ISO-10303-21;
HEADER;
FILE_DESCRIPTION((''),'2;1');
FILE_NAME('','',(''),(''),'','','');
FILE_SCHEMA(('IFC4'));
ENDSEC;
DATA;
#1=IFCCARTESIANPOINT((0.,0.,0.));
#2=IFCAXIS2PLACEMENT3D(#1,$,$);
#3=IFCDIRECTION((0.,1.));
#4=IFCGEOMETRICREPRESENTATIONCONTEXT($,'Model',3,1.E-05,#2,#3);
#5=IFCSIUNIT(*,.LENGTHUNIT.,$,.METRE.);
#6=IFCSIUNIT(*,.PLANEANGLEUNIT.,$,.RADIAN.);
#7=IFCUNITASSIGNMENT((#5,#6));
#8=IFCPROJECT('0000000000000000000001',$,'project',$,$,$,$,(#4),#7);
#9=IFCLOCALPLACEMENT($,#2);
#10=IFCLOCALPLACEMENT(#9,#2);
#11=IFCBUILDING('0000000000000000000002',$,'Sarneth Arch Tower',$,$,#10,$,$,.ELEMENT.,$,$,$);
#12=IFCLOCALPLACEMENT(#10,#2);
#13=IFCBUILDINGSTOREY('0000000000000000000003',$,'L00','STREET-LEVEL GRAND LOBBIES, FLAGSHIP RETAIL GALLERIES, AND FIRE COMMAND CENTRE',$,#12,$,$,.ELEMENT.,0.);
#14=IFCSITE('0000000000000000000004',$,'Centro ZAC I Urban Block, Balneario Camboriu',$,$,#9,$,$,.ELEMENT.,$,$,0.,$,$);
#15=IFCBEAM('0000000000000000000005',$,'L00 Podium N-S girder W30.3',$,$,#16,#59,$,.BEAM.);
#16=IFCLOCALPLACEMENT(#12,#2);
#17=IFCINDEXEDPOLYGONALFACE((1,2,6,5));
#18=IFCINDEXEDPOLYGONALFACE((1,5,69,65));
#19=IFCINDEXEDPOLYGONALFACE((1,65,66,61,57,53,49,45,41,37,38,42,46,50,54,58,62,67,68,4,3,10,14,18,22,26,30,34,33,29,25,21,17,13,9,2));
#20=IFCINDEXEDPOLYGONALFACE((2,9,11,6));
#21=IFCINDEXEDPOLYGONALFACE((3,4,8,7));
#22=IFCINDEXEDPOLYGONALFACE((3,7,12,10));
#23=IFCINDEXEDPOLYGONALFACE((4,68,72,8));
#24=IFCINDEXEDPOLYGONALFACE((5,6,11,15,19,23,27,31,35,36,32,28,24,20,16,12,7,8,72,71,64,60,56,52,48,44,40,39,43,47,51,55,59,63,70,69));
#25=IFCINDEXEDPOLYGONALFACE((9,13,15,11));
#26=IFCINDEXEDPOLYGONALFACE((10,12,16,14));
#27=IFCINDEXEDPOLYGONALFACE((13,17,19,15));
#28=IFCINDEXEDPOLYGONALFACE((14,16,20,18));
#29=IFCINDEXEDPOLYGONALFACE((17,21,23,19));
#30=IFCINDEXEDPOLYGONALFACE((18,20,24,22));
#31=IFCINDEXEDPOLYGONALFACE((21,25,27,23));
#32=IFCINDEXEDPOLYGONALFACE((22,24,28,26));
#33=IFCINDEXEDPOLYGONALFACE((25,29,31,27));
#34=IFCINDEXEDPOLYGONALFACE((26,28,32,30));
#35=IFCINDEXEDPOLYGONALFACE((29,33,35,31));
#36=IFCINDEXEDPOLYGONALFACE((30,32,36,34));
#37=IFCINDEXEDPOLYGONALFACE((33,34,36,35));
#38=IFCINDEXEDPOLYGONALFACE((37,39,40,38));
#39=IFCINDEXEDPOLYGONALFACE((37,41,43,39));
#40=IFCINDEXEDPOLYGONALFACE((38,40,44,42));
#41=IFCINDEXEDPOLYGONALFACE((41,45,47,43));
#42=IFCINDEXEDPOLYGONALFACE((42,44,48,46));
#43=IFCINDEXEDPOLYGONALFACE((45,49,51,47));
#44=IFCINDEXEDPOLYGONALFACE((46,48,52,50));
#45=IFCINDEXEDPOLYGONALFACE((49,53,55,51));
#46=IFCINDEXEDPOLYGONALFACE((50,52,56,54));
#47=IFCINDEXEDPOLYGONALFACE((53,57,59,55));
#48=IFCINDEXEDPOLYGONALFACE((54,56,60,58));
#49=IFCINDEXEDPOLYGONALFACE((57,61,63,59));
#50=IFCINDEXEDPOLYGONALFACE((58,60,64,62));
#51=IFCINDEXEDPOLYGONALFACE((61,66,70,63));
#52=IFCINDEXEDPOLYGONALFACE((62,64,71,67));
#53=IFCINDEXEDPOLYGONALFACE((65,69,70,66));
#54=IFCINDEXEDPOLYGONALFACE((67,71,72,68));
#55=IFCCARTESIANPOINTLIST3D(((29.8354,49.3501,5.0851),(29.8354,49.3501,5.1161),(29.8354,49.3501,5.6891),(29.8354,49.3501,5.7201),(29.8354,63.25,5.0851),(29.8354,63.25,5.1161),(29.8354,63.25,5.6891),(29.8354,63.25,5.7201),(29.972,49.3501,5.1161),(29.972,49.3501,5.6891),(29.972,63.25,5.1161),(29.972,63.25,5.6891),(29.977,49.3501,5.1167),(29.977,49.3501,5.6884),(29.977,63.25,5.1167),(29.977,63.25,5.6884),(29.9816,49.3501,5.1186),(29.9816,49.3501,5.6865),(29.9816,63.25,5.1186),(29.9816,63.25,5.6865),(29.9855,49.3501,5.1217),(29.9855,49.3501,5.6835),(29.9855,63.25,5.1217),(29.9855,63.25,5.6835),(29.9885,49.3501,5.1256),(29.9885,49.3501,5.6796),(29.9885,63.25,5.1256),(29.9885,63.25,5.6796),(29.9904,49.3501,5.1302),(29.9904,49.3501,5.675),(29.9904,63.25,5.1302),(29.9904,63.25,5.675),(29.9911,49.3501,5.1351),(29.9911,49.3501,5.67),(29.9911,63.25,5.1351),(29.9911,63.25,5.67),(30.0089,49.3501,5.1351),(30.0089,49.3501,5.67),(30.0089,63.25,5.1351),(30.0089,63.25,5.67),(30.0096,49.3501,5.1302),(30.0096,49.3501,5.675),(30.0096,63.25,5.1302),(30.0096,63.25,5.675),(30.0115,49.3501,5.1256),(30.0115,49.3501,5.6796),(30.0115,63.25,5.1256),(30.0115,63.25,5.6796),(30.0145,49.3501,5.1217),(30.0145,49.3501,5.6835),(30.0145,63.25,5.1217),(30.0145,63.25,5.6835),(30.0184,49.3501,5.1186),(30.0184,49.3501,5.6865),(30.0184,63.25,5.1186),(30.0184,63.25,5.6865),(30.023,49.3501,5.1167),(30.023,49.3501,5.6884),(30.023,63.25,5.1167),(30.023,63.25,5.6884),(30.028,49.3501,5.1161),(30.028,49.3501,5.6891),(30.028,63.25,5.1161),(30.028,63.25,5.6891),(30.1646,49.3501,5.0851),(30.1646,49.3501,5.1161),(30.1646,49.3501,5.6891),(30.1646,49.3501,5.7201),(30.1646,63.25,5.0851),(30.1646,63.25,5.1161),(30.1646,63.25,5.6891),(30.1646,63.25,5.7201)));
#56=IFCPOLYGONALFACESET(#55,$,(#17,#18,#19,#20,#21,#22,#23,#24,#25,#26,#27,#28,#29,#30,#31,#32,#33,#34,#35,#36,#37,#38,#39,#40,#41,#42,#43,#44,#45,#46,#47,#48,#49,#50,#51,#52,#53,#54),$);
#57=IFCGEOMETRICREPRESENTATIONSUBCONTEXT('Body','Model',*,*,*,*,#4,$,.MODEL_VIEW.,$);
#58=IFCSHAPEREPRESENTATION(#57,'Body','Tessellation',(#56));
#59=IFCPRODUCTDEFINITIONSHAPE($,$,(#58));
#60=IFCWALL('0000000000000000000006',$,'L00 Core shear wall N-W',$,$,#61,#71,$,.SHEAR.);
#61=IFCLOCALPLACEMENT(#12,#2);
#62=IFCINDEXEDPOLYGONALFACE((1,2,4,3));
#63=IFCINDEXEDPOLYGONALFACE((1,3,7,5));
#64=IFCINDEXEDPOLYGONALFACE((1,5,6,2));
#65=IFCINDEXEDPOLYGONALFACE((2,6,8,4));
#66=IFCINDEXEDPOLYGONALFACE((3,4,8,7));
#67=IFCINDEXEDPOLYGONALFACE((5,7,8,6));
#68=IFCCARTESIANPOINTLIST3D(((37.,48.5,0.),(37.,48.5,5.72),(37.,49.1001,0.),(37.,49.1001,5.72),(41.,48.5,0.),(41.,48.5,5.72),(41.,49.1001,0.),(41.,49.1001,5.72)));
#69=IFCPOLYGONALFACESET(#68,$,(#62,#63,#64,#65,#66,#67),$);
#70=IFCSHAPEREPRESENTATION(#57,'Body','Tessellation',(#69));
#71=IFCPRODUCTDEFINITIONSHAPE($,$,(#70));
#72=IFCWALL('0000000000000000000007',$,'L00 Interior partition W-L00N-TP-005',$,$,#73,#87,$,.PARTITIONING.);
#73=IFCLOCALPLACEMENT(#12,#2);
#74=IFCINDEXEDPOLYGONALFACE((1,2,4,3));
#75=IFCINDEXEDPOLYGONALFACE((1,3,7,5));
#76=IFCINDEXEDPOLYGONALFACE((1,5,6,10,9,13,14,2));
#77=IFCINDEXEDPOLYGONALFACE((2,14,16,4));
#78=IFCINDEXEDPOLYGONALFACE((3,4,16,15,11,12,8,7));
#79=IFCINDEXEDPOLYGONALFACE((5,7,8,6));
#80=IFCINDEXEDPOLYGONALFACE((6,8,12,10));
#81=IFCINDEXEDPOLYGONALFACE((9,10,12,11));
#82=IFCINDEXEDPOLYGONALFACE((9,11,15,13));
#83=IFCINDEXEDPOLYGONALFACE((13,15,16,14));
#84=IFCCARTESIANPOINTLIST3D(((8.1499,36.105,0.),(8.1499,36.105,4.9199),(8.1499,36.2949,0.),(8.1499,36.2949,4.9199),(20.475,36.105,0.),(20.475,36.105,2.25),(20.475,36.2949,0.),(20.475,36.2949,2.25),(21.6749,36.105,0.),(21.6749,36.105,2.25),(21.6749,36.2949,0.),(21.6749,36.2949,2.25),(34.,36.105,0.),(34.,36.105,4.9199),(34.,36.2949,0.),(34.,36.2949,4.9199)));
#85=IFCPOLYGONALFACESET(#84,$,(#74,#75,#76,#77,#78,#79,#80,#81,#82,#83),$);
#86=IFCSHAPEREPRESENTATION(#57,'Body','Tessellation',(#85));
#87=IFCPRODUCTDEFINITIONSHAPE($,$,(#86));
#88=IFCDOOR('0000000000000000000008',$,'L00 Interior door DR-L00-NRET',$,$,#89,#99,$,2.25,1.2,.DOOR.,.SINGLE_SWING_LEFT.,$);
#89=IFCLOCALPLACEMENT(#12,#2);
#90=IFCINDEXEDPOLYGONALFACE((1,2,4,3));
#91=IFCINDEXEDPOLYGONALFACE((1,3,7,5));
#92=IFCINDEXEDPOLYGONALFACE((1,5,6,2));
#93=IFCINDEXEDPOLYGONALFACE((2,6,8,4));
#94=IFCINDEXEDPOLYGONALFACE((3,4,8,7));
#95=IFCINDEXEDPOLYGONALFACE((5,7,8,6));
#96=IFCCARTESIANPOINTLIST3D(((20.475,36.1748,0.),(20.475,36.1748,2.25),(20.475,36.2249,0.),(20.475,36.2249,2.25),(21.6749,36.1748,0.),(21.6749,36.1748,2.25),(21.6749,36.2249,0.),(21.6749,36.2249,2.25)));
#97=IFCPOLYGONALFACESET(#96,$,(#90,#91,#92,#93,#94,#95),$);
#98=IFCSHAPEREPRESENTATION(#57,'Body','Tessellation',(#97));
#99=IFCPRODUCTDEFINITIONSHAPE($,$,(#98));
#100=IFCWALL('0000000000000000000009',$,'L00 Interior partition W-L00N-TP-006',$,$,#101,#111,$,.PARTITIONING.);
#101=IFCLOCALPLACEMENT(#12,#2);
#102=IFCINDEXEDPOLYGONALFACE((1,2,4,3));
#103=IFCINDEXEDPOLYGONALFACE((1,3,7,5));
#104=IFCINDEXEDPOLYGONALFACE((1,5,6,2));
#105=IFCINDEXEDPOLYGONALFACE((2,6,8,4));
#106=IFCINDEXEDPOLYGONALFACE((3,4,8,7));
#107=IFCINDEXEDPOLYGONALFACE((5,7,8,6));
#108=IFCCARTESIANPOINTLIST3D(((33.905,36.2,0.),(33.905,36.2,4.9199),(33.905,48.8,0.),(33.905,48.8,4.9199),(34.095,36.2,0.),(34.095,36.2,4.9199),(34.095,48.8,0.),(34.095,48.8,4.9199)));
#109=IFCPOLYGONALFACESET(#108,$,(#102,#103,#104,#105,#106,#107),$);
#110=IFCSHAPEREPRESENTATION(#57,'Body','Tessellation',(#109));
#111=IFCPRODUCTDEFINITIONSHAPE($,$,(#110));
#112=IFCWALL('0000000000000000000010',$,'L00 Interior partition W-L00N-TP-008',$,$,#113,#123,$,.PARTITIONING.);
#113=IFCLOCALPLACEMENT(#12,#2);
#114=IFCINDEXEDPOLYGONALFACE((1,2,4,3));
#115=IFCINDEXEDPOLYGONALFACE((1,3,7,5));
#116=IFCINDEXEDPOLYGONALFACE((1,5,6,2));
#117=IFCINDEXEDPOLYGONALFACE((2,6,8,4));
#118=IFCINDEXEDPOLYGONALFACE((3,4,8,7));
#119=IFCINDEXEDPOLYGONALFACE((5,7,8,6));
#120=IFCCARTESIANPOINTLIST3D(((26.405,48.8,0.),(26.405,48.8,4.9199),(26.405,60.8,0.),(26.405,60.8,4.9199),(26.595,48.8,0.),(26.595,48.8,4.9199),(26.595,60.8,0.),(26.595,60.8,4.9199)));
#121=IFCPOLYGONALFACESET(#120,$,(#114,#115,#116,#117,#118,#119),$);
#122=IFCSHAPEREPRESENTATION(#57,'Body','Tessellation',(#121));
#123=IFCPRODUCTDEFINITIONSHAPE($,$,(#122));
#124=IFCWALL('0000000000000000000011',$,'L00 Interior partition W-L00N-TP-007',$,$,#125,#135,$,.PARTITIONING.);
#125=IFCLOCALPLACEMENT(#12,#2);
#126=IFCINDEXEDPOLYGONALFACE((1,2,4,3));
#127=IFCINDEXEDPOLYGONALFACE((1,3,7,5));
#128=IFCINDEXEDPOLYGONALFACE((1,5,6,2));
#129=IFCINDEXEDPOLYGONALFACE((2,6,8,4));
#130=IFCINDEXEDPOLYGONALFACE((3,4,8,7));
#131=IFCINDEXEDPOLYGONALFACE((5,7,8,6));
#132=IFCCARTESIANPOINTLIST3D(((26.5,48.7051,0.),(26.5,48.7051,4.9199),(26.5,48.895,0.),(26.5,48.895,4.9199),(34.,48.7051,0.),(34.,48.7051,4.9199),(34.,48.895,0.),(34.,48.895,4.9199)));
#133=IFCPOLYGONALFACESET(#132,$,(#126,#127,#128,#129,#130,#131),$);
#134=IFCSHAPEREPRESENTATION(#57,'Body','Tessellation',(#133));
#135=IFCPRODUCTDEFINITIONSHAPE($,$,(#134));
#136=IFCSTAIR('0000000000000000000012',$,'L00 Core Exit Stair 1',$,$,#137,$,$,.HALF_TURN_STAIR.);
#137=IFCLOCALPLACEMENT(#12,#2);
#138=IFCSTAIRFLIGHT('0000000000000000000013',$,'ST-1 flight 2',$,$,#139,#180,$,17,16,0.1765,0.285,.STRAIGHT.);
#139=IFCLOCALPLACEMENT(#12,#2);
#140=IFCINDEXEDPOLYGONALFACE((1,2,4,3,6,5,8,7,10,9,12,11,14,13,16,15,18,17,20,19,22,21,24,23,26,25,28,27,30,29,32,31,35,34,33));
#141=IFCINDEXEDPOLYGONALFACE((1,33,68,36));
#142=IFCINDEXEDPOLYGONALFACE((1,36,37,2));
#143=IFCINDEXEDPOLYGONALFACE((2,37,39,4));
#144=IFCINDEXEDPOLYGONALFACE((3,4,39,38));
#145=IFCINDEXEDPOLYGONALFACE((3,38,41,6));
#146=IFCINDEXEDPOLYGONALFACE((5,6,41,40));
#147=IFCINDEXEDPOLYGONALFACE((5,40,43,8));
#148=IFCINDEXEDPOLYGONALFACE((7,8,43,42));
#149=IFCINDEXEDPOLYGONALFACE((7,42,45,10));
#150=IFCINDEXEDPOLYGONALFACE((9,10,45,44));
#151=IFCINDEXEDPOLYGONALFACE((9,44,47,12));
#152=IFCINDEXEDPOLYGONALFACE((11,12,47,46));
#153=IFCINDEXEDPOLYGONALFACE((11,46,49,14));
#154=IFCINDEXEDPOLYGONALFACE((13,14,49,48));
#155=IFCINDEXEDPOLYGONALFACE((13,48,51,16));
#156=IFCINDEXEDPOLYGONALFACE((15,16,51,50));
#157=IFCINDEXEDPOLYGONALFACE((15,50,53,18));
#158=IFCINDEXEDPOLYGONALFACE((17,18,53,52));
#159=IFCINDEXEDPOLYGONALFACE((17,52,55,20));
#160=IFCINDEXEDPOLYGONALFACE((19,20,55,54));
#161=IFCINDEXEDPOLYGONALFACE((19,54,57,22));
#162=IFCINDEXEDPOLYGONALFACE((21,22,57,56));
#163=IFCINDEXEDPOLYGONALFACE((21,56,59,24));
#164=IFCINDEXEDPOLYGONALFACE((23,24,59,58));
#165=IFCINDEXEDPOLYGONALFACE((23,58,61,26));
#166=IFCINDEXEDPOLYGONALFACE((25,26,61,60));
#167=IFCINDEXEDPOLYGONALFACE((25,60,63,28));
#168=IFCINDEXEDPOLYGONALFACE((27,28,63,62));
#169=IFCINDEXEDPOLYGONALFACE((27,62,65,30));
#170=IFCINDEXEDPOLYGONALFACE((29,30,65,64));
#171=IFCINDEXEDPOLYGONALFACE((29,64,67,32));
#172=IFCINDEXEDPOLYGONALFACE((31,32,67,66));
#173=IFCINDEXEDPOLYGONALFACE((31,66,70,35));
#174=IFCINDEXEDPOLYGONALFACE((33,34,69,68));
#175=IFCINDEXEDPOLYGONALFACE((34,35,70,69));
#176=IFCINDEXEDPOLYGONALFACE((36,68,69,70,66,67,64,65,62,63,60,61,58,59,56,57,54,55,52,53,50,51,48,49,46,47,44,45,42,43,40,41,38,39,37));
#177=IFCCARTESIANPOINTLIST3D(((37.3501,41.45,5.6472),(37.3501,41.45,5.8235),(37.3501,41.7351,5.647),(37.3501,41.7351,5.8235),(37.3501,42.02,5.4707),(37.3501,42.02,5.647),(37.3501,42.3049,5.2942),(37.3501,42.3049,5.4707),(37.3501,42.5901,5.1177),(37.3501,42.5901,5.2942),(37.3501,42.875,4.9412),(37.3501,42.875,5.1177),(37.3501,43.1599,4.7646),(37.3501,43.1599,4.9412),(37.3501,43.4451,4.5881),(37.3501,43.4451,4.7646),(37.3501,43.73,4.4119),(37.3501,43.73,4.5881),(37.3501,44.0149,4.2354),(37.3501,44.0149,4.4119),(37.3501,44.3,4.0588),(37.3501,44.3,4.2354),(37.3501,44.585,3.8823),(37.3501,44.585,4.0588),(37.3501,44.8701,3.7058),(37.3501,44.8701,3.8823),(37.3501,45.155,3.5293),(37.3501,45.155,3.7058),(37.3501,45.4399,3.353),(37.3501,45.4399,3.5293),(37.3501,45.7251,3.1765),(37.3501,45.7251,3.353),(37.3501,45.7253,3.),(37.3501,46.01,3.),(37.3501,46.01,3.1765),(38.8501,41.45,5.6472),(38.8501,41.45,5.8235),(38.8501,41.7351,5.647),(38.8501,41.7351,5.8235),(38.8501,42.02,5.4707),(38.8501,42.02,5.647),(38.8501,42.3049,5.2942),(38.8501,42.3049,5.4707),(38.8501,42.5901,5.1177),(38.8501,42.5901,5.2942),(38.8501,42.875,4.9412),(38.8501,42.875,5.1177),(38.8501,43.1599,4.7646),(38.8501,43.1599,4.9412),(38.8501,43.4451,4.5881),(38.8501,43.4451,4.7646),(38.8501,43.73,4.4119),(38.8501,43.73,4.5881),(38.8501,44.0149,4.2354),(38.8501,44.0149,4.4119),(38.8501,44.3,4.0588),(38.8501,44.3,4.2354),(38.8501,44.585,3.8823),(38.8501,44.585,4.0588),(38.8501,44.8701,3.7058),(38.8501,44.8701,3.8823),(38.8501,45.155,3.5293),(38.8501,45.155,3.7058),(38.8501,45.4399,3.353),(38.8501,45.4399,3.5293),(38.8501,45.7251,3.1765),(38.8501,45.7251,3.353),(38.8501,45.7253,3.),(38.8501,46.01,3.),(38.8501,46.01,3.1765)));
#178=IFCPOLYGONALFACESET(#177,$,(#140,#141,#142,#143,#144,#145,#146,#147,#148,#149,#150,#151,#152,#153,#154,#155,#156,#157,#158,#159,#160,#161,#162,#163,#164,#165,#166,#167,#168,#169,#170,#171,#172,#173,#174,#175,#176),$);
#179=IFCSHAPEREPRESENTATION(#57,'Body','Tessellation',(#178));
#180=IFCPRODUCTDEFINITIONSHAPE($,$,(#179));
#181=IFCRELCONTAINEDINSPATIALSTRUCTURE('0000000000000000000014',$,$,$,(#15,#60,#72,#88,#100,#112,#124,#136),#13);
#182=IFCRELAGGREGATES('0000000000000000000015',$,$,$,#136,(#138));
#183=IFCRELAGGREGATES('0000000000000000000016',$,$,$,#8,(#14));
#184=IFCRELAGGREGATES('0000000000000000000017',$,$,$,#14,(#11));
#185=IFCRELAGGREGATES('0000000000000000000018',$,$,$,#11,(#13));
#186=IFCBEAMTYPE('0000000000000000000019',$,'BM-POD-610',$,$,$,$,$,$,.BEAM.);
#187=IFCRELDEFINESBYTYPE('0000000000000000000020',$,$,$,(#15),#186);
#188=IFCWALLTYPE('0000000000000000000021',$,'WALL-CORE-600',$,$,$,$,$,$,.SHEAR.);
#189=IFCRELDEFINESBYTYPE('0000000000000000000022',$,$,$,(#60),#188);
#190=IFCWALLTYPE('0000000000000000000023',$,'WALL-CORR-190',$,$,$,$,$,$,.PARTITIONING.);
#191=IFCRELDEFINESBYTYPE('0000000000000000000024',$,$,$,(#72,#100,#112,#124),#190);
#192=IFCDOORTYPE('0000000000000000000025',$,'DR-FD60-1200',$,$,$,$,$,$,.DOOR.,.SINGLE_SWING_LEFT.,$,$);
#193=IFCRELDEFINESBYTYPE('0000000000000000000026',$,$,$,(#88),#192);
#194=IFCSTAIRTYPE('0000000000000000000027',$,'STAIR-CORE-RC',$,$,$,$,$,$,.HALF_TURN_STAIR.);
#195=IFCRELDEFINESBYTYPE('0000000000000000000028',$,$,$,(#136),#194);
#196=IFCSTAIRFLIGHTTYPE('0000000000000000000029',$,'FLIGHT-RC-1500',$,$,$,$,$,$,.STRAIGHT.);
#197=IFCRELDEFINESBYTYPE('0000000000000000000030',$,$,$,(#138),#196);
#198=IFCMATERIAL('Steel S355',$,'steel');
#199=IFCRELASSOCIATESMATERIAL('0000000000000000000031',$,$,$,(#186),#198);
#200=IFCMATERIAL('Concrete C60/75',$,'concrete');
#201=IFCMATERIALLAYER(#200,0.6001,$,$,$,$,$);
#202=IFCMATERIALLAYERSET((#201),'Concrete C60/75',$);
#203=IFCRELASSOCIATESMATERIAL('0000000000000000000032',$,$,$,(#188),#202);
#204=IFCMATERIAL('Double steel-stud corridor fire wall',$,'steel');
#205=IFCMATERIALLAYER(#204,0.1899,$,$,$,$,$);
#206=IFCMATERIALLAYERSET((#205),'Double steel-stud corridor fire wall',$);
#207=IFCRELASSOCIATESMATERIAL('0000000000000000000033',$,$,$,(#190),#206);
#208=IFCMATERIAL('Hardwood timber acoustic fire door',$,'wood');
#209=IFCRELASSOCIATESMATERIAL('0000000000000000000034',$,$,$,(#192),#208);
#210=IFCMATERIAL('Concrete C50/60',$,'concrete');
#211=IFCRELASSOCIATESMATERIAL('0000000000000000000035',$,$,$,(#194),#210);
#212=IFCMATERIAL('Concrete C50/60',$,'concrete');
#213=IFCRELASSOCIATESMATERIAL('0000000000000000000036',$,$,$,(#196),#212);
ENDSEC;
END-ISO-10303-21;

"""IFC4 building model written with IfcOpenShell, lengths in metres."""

from ifc_helpers import new_model, si_unit, direction, frame, frame_2d, origin, origin_2d, place, context, subcontext, project, spatial, polyline, rectangle, i_section, outline, extrude, material, layer, layer_set, material_profile, profile_set, type_object, element, fill, aggregate, save


model = new_model("IFC4")

# Units and contexts
model_context = context("Model", 3, precision=1e-05, world=origin(), true_north=direction((0.0, 1.0)))
body_context = subcontext(model_context, "Body", "Model", "MODEL_VIEW")
ifc_project = project(units=[si_unit("LENGTHUNIT", "METRE"), si_unit("PLANEANGLEUNIT", "RADIAN")], contexts=[model_context])

# Site, building, storey
site_placement = place(None, origin())
site = spatial("IfcSite", under=ifc_project, at=site_placement, Name="Centro ZAC I Urban Block, Balneario Camboriu", CompositionType="ELEMENT", RefElevation=0.0)
building_placement = place(site_placement, origin())
building = spatial("IfcBuilding", under=site, at=building_placement, Name="Sarneth Arch Tower", CompositionType="ELEMENT")
storey_placement = place(building_placement, origin())
storey = spatial("IfcBuildingStorey", under=building, at=storey_placement, Name="L00", Description="STREET-LEVEL GRAND LOBBIES, FLAGSHIP RETAIL GALLERIES, AND FIRE COMMAND CENTRE", CompositionType="ELEMENT", Elevation=0.0)

# Beam
ifc_material_1 = material(Name="Steel S355", Category="steel")
ifc_material_profile_1 = material_profile(ifc_material_1, i_section(OverallWidth=0.3291, OverallDepth=0.635, WebThickness=0.0178, FlangeThickness=0.031, FilletRadius=0.019, at=origin_2d()), Name="W610x241")
ifc_profile_set_1 = profile_set([ifc_material_profile_1], Name="Steel S355")
beam_type_1 = type_object("IfcBeamType", Name="BM-POD-610", PredefinedType="BEAM", material=ifc_profile_set_1)
beam_1_placement = place(storey_placement, frame((30.0, 49.3501, 5.4026), z_axis=(0.0, 1.0, 0.0), x_axis=(-1.0, 0.0, 0.0)))
element("IfcBeam", 1, at=beam_1_placement, inside=storey, type_object=beam_type_1, Name="L00 Podium N-S girder W30.3", PredefinedType="BEAM", context=body_context, shape_type="SweptSolid", body=[
    extrude(i_section(OverallWidth=0.3291, OverallDepth=0.635, WebThickness=0.0178, FlangeThickness=0.031, FilletRadius=0.019, at=origin_2d()), origin(), (0.0, 0.0, 1.0), 13.8999),
])

# Wall
ifc_material_2 = material(Name="Concrete C60/75", Category="concrete")
ifc_layer_1 = layer(ifc_material_2, 0.6001)
ifc_layer_set_1 = layer_set([ifc_layer_1], Name="Concrete C60/75")
wall_type_1 = type_object("IfcWallType", Name="WALL-CORE-600", PredefinedType="SHEAR", material=ifc_layer_set_1)
wall_1_placement = place(storey_placement, frame((37.0, 48.8, 0.0), z_axis=(0.0, 0.0, 1.0), x_axis=(1.0, 0.0, 0.0)))
element("IfcWall", 2, at=wall_1_placement, inside=storey, type_object=wall_type_1, Name="L00 Core shear wall N-W", PredefinedType="SHEAR", context=body_context, shape_type="SweptSolid", body=[
    extrude(rectangle(XDim=4.0, YDim=0.6001, at=frame_2d((2.0, 0.0))), origin(), (0.0, 0.0, 1.0), 5.72),
])

# Wall, opening, door
ifc_material_3 = material(Name="Double steel-stud corridor fire wall", Category="steel")
ifc_layer_2 = layer(ifc_material_3, 0.1899)
ifc_layer_set_2 = layer_set([ifc_layer_2], Name="Double steel-stud corridor fire wall")
wall_type_2 = type_object("IfcWallType", Name="WALL-CORR-190", PredefinedType="PARTITIONING", material=ifc_layer_set_2)
wall_2_placement = place(storey_placement, frame((8.1499, 36.2, 0.0), z_axis=(0.0, 0.0, 1.0), x_axis=(1.0, 0.0, 0.0)))
wall_2 = element("IfcWall", 3, at=wall_2_placement, inside=storey, type_object=wall_type_2, Name="L00 Interior partition W-L00N-TP-005", PredefinedType="PARTITIONING", context=body_context, shape_type="SweptSolid", body=[
    extrude(rectangle(XDim=25.8501, YDim=0.1899, at=frame_2d((12.925, 0.0))), origin(), (0.0, 0.0, 1.0), 4.9199),
])
opening_1_placement = place(wall_2_placement, frame((12.325, 0.0, 0.0)))
opening_1 = element("IfcOpeningElement", 4, at=opening_1_placement, cuts=wall_2, PredefinedType="OPENING", context=body_context, shape_type="SweptSolid", body=[
    extrude(rectangle(XDim=1.2, YDim=2.25, at=frame_2d((0.6001, 1.125))), frame((0.0, 0.105, 0.0), z_axis=(0.0, -1.0, 0.0), x_axis=(1.0, 0.0, 0.0)), (0.0, 0.0, 1.0), 0.21),
])
ifc_material_4 = material(Name="Hardwood timber acoustic fire door", Category="wood")
door_type_1 = type_object("IfcDoorType", Name="DR-FD60-1200", OperationType="SINGLE_SWING_LEFT", PredefinedType="DOOR", material=ifc_material_4)
door_1_placement = place(opening_1_placement, origin())
door_1 = element("IfcDoor", 5, at=door_1_placement, inside=storey, type_object=door_type_1, Name="L00 Interior door DR-L00-NRET", OperationType="SINGLE_SWING_LEFT", OverallHeight=2.25, OverallWidth=1.2, PredefinedType="DOOR", context=body_context, shape_type="SweptSolid", body=[
    extrude(rectangle(XDim=1.2, YDim=2.25, at=frame_2d((0.6001, 1.125))), frame((0.0, 0.0249, 0.0), z_axis=(0.0, -1.0, 0.0), x_axis=(1.0, 0.0, 0.0)), (0.0, 0.0, 1.0), 0.05),
])
fill(opening_1, door_1)

# Walls
wall_3_placement = place(storey_placement, frame((34.0, 36.2, 0.0), z_axis=(0.0, 0.0, 1.0), x_axis=(0.0, 1.0, 0.0)))
element("IfcWall", 6, at=wall_3_placement, inside=storey, type_object=wall_type_2, Name="L00 Interior partition W-L00N-TP-006", PredefinedType="PARTITIONING", context=body_context, shape_type="SweptSolid", body=[
    extrude(rectangle(XDim=12.6001, YDim=0.1899, at=frame_2d((6.3, 0.0))), origin(), (0.0, 0.0, 1.0), 4.9199),
])
wall_4_placement = place(storey_placement, frame((26.5, 48.8, 0.0), z_axis=(0.0, 0.0, 1.0), x_axis=(0.0, 1.0, 0.0)))
element("IfcWall", 7, at=wall_4_placement, inside=storey, type_object=wall_type_2, Name="L00 Interior partition W-L00N-TP-008", PredefinedType="PARTITIONING", context=body_context, shape_type="SweptSolid", body=[
    extrude(rectangle(XDim=12.0, YDim=0.1899, at=frame_2d((6.0, 0.0))), origin(), (0.0, 0.0, 1.0), 4.9199),
])
wall_5_placement = place(storey_placement, frame((34.0, 48.8, 0.0), z_axis=(0.0, 0.0, 1.0), x_axis=(-1.0, 0.0, 0.0)))
element("IfcWall", 8, at=wall_5_placement, inside=storey, type_object=wall_type_2, Name="L00 Interior partition W-L00N-TP-007", PredefinedType="PARTITIONING", context=body_context, shape_type="SweptSolid", body=[
    extrude(rectangle(XDim=7.5, YDim=0.1899, at=frame_2d((3.75, 0.0))), origin(), (0.0, 0.0, 1.0), 4.9199),
])

# Stair, stair flight
ifc_material_5 = material(Name="Concrete C50/60", Category="concrete")
stair_type = type_object("IfcStairType", Name="STAIR-CORE-RC", PredefinedType="HALF_TURN_STAIR", material=ifc_material_5)
stair_placement = place(storey_placement, origin())
stair = element("IfcStair", 9, at=stair_placement, inside=storey, type_object=stair_type, Name="L00 Core Exit Stair 1", PredefinedType="HALF_TURN_STAIR")
ifc_material_6 = material(Name="Concrete C50/60", Category="concrete")
stair_flight_type = type_object("IfcStairFlightType", Name="FLIGHT-RC-1500", PredefinedType="STRAIGHT", material=ifc_material_6)
stair_flight_placement = place(storey_placement, frame((38.1001, 46.01, 3.0), z_axis=(0.0, 0.0, 1.0), x_axis=(0.0, -1.0, 0.0)))
stair_flight = element("IfcStairFlight", 10, at=stair_flight_placement, type_object=stair_flight_type, Name="ST-1 flight 2", NumberOfRisers=17, NumberOfTreads=16, PredefinedType="STRAIGHT", RiserHeight=0.1765, TreadLength=0.285, context=body_context, shape_type="SweptSolid", body=[
    extrude(outline(polyline([(0.0, 0.0), (0.0, 0.1765), (0.2849, 0.1765), (0.2849, 0.353), (0.5701, 0.353), (0.5701, 0.5293), (0.855, 0.5293), (0.855, 0.7058), (1.1399, 0.7058), (1.1399, 0.8823), (1.425, 0.8823), (1.425, 1.0588), (1.71, 1.0588), (1.71, 1.2354), (1.9951, 1.2354), (1.9951, 1.4119), (2.28, 1.4119), (2.28, 1.5881), (2.5649, 1.5881), (2.5649, 1.7646), (2.8501, 1.7646), (2.8501, 1.9412), (3.135, 1.9412), (3.135, 2.1177), (3.4199, 2.1177), (3.4199, 2.2942), (3.7051, 2.2942), (3.7051, 2.4707), (3.99, 2.4707), (3.99, 2.647), (4.2749, 2.647), (4.2749, 2.8235), (4.5601, 2.8235), (4.5601, 3.0), (4.5601, 2.6472), (0.2847, 0.0), (0.0, 0.0)])), frame((0.0, 0.75, 0.0), z_axis=(0.0, -1.0, 0.0), x_axis=(1.0, 0.0, 0.0)), (0.0, 0.0, 1.0), 1.5),
])
aggregate(stair, [stair_flight])

save(model, "model.ifc")
